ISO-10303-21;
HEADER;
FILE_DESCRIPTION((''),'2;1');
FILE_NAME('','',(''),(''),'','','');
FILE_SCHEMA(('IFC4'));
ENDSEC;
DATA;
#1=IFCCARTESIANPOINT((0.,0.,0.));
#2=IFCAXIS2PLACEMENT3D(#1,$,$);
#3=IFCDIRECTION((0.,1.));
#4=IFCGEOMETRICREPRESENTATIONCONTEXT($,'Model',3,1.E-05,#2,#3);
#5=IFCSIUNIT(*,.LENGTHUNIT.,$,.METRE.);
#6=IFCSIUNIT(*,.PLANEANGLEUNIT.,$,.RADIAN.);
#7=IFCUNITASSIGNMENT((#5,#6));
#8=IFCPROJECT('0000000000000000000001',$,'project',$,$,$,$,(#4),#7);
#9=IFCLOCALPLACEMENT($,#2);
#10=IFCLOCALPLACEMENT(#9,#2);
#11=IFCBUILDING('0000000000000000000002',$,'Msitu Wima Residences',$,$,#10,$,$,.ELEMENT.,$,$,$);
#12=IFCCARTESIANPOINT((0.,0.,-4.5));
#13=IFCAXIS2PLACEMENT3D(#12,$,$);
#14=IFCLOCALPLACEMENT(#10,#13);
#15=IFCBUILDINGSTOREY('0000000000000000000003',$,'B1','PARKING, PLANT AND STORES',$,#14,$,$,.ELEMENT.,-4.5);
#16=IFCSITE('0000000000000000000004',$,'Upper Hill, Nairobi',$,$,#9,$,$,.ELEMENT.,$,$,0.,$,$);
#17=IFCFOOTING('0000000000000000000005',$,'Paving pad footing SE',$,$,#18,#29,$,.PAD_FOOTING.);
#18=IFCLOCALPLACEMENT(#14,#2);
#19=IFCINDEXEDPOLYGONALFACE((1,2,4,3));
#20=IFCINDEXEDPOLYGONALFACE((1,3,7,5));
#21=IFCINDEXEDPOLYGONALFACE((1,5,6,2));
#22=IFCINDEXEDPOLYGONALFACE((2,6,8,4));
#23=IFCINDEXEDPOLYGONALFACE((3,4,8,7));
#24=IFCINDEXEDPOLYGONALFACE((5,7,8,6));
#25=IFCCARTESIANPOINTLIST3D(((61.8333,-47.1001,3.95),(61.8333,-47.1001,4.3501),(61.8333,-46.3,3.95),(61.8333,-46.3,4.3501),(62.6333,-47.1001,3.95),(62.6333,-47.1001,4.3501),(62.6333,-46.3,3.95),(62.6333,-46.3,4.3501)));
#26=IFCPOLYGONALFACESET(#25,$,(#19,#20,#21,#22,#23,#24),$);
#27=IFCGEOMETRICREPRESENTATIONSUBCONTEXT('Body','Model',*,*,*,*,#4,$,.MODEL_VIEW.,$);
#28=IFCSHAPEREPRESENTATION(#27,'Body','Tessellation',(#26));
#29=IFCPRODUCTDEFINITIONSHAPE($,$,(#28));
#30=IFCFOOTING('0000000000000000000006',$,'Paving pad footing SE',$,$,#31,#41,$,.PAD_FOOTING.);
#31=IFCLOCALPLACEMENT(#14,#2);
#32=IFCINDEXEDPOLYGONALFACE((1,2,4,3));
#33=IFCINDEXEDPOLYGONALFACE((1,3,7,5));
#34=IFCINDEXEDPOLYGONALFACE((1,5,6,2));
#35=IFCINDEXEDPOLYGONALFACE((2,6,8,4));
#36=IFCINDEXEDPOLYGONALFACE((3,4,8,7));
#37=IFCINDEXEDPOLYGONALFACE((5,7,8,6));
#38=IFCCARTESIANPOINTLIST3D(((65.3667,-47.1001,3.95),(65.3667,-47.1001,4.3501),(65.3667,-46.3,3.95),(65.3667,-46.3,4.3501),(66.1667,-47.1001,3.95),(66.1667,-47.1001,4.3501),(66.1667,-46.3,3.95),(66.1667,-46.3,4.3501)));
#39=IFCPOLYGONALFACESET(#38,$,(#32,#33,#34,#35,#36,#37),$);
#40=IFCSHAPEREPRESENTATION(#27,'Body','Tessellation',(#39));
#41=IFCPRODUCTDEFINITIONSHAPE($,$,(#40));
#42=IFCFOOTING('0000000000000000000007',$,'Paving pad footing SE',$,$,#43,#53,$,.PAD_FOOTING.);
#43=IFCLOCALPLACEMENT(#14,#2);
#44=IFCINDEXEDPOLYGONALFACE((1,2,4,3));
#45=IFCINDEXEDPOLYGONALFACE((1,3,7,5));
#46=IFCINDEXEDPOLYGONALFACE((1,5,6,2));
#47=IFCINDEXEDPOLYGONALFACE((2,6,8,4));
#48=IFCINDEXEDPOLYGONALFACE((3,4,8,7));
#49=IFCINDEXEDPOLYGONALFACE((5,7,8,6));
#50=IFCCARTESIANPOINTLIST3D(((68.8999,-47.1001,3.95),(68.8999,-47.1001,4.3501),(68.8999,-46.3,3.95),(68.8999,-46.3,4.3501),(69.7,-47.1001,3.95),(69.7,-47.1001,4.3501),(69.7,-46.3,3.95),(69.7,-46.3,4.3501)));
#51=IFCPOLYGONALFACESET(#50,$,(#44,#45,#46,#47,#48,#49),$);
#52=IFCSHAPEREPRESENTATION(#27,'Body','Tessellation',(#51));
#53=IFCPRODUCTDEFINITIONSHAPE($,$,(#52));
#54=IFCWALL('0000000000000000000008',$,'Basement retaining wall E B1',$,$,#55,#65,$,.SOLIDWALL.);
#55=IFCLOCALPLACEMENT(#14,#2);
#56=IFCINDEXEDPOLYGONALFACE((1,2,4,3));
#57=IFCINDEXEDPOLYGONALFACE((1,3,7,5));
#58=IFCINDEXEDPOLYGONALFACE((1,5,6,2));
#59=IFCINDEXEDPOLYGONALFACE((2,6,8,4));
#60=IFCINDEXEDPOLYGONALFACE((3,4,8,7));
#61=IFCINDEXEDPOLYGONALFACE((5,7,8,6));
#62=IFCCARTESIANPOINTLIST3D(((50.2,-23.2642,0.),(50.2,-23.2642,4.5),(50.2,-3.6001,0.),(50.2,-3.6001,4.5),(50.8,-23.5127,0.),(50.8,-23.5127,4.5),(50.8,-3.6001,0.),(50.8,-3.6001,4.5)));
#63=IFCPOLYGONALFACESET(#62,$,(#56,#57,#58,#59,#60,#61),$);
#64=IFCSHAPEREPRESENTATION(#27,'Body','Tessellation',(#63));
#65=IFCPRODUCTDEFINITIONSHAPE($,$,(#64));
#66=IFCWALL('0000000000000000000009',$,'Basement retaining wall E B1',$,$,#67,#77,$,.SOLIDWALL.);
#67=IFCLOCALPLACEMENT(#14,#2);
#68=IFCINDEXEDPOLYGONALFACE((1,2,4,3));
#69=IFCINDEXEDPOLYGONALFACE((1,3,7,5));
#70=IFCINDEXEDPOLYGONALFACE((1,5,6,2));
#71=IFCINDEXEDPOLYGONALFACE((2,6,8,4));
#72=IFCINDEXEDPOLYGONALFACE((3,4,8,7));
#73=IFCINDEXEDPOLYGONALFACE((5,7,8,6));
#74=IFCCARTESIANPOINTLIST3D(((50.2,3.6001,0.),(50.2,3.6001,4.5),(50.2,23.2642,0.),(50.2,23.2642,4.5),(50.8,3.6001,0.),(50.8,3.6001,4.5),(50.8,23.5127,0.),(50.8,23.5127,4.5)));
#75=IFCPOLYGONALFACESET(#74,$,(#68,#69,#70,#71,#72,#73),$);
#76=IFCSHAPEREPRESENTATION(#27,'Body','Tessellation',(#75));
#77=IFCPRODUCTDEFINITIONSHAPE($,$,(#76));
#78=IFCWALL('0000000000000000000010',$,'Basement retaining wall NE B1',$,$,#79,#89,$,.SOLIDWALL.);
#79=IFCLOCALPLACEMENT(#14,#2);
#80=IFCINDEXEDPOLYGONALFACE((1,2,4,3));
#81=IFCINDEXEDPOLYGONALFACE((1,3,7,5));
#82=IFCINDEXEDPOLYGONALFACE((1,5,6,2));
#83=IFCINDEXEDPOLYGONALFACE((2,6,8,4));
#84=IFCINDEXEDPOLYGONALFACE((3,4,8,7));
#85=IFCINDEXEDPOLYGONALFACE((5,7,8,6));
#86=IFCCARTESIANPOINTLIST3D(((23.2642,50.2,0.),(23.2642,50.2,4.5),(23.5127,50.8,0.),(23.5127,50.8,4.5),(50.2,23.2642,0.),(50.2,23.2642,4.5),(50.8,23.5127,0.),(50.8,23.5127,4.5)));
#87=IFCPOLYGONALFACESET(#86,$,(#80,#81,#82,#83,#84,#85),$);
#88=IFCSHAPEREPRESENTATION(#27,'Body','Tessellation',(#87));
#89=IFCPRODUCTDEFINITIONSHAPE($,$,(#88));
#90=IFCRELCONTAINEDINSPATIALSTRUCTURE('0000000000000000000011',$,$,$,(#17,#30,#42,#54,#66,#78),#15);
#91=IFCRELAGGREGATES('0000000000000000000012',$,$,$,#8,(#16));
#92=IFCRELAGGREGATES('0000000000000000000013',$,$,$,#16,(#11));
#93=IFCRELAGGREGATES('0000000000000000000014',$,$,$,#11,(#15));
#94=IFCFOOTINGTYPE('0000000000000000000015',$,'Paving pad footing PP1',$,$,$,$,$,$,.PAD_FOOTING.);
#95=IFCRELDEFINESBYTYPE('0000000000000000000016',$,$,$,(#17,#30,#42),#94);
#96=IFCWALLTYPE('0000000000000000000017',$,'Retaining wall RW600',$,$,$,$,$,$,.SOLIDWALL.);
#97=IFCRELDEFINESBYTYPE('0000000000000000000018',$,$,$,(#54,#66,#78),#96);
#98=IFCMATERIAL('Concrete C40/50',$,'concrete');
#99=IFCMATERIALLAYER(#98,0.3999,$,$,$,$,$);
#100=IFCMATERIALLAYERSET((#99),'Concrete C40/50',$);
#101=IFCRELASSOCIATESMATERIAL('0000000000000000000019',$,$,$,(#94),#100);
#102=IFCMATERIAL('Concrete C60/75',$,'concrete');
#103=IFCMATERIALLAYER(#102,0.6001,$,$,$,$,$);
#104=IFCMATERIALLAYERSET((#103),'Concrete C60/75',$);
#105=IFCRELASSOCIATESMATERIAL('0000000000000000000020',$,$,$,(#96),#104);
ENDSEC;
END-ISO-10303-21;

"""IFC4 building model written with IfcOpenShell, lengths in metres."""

from ifc_helpers import new_model, si_unit, direction, frame, origin, place, context, subcontext, project, spatial, polyline, outline, extrude, material, layer, layer_set, type_object, element, save


model = new_model("IFC4")

# Units and contexts
model_context = context("Model", 3, precision=1e-05, world=origin(), true_north=direction((0.0, 1.0)))
body_context = subcontext(model_context, "Body", "Model", "MODEL_VIEW")
ifc_project = project(units=[si_unit("LENGTHUNIT", "METRE"), si_unit("PLANEANGLEUNIT", "RADIAN")], contexts=[model_context])

# Site, building, storey
site_placement = place(None, origin())
site = spatial("IfcSite", under=ifc_project, at=site_placement, Name="Upper Hill, Nairobi", CompositionType="ELEMENT", RefElevation=0.0)
building_placement = place(site_placement, origin())
building = spatial("IfcBuilding", under=site, at=building_placement, Name="Msitu Wima Residences", CompositionType="ELEMENT")
storey_placement = place(building_placement, frame((0.0, 0.0, -4.5)))
storey = spatial("IfcBuildingStorey", under=building, at=storey_placement, Name="B1", Description="PARKING, PLANT AND STORES", CompositionType="ELEMENT", Elevation=-4.5)

# Footings
ifc_material_1 = material(Name="Concrete C40/50", Category="concrete")
ifc_layer_1 = layer(ifc_material_1, 0.3999)
ifc_layer_set_1 = layer_set([ifc_layer_1], Name="Concrete C40/50")
footing_type = type_object("IfcFootingType", Name="Paving pad footing PP1", PredefinedType="PAD_FOOTING", material=ifc_layer_set_1)
footing_1_placement = place(storey_placement, frame((0.0, 0.0, 3.95)))
element("IfcFooting", 1, at=footing_1_placement, inside=storey, type_object=footing_type, Name="Paving pad footing SE", PredefinedType="PAD_FOOTING", context=body_context, shape_type="SweptSolid", body=[
    extrude(outline(polyline([(62.6333, -47.1001), (62.6333, -46.3), (61.8333, -46.3), (61.8333, -47.1001), (62.6333, -47.1001)])), origin(), (0.0, 0.0, 1.0), 0.4001),
])
footing_2_placement = place(storey_placement, frame((0.0, 0.0, 3.95)))
element("IfcFooting", 2, at=footing_2_placement, inside=storey, type_object=footing_type, Name="Paving pad footing SE", PredefinedType="PAD_FOOTING", context=body_context, shape_type="SweptSolid", body=[
    extrude(outline(polyline([(66.1667, -47.1001), (66.1667, -46.3), (65.3667, -46.3), (65.3667, -47.1001), (66.1667, -47.1001)])), origin(), (0.0, 0.0, 1.0), 0.4001),
])
footing_3_placement = place(storey_placement, frame((0.0, 0.0, 3.95)))
element("IfcFooting", 3, at=footing_3_placement, inside=storey, type_object=footing_type, Name="Paving pad footing SE", PredefinedType="PAD_FOOTING", context=body_context, shape_type="SweptSolid", body=[
    extrude(outline(polyline([(69.7, -47.1001), (69.7, -46.3), (68.8999, -46.3), (68.8999, -47.1001), (69.7, -47.1001)])), origin(), (0.0, 0.0, 1.0), 0.4001),
])

# Walls
ifc_material_2 = material(Name="Concrete C60/75", Category="concrete")
ifc_layer_2 = layer(ifc_material_2, 0.6001)
ifc_layer_set_2 = layer_set([ifc_layer_2], Name="Concrete C60/75")
wall_type = type_object("IfcWallType", Name="Retaining wall RW600", PredefinedType="SOLIDWALL", material=ifc_layer_set_2)
wall_1_placement = place(storey_placement, origin())
element("IfcWall", 4, at=wall_1_placement, inside=storey, type_object=wall_type, Name="Basement retaining wall E B1", PredefinedType="SOLIDWALL", context=body_context, shape_type="SweptSolid", body=[
    extrude(outline(polyline([(50.8, -23.5127), (50.8, -3.6001), (50.2, -3.6001), (50.2, -23.2642), (50.8, -23.5127)])), origin(), (0.0, 0.0, 1.0), 4.5),
])
wall_2_placement = place(storey_placement, origin())
element("IfcWall", 5, at=wall_2_placement, inside=storey, type_object=wall_type, Name="Basement retaining wall E B1", PredefinedType="SOLIDWALL", context=body_context, shape_type="SweptSolid", body=[
    extrude(outline(polyline([(50.8, 3.6001), (50.8, 23.5127), (50.2, 23.2642), (50.2, 3.6001), (50.8, 3.6001)])), origin(), (0.0, 0.0, 1.0), 4.5),
])
wall_3_placement = place(storey_placement, origin())
element("IfcWall", 6, at=wall_3_placement, inside=storey, type_object=wall_type, Name="Basement retaining wall NE B1", PredefinedType="SOLIDWALL", context=body_context, shape_type="SweptSolid", body=[
    extrude(outline(polyline([(50.8, 23.5127), (23.5127, 50.8), (23.2642, 50.2), (50.2, 23.2642), (50.8, 23.5127)])), origin(), (0.0, 0.0, 1.0), 4.5),
])

save(model, "model.ifc")
